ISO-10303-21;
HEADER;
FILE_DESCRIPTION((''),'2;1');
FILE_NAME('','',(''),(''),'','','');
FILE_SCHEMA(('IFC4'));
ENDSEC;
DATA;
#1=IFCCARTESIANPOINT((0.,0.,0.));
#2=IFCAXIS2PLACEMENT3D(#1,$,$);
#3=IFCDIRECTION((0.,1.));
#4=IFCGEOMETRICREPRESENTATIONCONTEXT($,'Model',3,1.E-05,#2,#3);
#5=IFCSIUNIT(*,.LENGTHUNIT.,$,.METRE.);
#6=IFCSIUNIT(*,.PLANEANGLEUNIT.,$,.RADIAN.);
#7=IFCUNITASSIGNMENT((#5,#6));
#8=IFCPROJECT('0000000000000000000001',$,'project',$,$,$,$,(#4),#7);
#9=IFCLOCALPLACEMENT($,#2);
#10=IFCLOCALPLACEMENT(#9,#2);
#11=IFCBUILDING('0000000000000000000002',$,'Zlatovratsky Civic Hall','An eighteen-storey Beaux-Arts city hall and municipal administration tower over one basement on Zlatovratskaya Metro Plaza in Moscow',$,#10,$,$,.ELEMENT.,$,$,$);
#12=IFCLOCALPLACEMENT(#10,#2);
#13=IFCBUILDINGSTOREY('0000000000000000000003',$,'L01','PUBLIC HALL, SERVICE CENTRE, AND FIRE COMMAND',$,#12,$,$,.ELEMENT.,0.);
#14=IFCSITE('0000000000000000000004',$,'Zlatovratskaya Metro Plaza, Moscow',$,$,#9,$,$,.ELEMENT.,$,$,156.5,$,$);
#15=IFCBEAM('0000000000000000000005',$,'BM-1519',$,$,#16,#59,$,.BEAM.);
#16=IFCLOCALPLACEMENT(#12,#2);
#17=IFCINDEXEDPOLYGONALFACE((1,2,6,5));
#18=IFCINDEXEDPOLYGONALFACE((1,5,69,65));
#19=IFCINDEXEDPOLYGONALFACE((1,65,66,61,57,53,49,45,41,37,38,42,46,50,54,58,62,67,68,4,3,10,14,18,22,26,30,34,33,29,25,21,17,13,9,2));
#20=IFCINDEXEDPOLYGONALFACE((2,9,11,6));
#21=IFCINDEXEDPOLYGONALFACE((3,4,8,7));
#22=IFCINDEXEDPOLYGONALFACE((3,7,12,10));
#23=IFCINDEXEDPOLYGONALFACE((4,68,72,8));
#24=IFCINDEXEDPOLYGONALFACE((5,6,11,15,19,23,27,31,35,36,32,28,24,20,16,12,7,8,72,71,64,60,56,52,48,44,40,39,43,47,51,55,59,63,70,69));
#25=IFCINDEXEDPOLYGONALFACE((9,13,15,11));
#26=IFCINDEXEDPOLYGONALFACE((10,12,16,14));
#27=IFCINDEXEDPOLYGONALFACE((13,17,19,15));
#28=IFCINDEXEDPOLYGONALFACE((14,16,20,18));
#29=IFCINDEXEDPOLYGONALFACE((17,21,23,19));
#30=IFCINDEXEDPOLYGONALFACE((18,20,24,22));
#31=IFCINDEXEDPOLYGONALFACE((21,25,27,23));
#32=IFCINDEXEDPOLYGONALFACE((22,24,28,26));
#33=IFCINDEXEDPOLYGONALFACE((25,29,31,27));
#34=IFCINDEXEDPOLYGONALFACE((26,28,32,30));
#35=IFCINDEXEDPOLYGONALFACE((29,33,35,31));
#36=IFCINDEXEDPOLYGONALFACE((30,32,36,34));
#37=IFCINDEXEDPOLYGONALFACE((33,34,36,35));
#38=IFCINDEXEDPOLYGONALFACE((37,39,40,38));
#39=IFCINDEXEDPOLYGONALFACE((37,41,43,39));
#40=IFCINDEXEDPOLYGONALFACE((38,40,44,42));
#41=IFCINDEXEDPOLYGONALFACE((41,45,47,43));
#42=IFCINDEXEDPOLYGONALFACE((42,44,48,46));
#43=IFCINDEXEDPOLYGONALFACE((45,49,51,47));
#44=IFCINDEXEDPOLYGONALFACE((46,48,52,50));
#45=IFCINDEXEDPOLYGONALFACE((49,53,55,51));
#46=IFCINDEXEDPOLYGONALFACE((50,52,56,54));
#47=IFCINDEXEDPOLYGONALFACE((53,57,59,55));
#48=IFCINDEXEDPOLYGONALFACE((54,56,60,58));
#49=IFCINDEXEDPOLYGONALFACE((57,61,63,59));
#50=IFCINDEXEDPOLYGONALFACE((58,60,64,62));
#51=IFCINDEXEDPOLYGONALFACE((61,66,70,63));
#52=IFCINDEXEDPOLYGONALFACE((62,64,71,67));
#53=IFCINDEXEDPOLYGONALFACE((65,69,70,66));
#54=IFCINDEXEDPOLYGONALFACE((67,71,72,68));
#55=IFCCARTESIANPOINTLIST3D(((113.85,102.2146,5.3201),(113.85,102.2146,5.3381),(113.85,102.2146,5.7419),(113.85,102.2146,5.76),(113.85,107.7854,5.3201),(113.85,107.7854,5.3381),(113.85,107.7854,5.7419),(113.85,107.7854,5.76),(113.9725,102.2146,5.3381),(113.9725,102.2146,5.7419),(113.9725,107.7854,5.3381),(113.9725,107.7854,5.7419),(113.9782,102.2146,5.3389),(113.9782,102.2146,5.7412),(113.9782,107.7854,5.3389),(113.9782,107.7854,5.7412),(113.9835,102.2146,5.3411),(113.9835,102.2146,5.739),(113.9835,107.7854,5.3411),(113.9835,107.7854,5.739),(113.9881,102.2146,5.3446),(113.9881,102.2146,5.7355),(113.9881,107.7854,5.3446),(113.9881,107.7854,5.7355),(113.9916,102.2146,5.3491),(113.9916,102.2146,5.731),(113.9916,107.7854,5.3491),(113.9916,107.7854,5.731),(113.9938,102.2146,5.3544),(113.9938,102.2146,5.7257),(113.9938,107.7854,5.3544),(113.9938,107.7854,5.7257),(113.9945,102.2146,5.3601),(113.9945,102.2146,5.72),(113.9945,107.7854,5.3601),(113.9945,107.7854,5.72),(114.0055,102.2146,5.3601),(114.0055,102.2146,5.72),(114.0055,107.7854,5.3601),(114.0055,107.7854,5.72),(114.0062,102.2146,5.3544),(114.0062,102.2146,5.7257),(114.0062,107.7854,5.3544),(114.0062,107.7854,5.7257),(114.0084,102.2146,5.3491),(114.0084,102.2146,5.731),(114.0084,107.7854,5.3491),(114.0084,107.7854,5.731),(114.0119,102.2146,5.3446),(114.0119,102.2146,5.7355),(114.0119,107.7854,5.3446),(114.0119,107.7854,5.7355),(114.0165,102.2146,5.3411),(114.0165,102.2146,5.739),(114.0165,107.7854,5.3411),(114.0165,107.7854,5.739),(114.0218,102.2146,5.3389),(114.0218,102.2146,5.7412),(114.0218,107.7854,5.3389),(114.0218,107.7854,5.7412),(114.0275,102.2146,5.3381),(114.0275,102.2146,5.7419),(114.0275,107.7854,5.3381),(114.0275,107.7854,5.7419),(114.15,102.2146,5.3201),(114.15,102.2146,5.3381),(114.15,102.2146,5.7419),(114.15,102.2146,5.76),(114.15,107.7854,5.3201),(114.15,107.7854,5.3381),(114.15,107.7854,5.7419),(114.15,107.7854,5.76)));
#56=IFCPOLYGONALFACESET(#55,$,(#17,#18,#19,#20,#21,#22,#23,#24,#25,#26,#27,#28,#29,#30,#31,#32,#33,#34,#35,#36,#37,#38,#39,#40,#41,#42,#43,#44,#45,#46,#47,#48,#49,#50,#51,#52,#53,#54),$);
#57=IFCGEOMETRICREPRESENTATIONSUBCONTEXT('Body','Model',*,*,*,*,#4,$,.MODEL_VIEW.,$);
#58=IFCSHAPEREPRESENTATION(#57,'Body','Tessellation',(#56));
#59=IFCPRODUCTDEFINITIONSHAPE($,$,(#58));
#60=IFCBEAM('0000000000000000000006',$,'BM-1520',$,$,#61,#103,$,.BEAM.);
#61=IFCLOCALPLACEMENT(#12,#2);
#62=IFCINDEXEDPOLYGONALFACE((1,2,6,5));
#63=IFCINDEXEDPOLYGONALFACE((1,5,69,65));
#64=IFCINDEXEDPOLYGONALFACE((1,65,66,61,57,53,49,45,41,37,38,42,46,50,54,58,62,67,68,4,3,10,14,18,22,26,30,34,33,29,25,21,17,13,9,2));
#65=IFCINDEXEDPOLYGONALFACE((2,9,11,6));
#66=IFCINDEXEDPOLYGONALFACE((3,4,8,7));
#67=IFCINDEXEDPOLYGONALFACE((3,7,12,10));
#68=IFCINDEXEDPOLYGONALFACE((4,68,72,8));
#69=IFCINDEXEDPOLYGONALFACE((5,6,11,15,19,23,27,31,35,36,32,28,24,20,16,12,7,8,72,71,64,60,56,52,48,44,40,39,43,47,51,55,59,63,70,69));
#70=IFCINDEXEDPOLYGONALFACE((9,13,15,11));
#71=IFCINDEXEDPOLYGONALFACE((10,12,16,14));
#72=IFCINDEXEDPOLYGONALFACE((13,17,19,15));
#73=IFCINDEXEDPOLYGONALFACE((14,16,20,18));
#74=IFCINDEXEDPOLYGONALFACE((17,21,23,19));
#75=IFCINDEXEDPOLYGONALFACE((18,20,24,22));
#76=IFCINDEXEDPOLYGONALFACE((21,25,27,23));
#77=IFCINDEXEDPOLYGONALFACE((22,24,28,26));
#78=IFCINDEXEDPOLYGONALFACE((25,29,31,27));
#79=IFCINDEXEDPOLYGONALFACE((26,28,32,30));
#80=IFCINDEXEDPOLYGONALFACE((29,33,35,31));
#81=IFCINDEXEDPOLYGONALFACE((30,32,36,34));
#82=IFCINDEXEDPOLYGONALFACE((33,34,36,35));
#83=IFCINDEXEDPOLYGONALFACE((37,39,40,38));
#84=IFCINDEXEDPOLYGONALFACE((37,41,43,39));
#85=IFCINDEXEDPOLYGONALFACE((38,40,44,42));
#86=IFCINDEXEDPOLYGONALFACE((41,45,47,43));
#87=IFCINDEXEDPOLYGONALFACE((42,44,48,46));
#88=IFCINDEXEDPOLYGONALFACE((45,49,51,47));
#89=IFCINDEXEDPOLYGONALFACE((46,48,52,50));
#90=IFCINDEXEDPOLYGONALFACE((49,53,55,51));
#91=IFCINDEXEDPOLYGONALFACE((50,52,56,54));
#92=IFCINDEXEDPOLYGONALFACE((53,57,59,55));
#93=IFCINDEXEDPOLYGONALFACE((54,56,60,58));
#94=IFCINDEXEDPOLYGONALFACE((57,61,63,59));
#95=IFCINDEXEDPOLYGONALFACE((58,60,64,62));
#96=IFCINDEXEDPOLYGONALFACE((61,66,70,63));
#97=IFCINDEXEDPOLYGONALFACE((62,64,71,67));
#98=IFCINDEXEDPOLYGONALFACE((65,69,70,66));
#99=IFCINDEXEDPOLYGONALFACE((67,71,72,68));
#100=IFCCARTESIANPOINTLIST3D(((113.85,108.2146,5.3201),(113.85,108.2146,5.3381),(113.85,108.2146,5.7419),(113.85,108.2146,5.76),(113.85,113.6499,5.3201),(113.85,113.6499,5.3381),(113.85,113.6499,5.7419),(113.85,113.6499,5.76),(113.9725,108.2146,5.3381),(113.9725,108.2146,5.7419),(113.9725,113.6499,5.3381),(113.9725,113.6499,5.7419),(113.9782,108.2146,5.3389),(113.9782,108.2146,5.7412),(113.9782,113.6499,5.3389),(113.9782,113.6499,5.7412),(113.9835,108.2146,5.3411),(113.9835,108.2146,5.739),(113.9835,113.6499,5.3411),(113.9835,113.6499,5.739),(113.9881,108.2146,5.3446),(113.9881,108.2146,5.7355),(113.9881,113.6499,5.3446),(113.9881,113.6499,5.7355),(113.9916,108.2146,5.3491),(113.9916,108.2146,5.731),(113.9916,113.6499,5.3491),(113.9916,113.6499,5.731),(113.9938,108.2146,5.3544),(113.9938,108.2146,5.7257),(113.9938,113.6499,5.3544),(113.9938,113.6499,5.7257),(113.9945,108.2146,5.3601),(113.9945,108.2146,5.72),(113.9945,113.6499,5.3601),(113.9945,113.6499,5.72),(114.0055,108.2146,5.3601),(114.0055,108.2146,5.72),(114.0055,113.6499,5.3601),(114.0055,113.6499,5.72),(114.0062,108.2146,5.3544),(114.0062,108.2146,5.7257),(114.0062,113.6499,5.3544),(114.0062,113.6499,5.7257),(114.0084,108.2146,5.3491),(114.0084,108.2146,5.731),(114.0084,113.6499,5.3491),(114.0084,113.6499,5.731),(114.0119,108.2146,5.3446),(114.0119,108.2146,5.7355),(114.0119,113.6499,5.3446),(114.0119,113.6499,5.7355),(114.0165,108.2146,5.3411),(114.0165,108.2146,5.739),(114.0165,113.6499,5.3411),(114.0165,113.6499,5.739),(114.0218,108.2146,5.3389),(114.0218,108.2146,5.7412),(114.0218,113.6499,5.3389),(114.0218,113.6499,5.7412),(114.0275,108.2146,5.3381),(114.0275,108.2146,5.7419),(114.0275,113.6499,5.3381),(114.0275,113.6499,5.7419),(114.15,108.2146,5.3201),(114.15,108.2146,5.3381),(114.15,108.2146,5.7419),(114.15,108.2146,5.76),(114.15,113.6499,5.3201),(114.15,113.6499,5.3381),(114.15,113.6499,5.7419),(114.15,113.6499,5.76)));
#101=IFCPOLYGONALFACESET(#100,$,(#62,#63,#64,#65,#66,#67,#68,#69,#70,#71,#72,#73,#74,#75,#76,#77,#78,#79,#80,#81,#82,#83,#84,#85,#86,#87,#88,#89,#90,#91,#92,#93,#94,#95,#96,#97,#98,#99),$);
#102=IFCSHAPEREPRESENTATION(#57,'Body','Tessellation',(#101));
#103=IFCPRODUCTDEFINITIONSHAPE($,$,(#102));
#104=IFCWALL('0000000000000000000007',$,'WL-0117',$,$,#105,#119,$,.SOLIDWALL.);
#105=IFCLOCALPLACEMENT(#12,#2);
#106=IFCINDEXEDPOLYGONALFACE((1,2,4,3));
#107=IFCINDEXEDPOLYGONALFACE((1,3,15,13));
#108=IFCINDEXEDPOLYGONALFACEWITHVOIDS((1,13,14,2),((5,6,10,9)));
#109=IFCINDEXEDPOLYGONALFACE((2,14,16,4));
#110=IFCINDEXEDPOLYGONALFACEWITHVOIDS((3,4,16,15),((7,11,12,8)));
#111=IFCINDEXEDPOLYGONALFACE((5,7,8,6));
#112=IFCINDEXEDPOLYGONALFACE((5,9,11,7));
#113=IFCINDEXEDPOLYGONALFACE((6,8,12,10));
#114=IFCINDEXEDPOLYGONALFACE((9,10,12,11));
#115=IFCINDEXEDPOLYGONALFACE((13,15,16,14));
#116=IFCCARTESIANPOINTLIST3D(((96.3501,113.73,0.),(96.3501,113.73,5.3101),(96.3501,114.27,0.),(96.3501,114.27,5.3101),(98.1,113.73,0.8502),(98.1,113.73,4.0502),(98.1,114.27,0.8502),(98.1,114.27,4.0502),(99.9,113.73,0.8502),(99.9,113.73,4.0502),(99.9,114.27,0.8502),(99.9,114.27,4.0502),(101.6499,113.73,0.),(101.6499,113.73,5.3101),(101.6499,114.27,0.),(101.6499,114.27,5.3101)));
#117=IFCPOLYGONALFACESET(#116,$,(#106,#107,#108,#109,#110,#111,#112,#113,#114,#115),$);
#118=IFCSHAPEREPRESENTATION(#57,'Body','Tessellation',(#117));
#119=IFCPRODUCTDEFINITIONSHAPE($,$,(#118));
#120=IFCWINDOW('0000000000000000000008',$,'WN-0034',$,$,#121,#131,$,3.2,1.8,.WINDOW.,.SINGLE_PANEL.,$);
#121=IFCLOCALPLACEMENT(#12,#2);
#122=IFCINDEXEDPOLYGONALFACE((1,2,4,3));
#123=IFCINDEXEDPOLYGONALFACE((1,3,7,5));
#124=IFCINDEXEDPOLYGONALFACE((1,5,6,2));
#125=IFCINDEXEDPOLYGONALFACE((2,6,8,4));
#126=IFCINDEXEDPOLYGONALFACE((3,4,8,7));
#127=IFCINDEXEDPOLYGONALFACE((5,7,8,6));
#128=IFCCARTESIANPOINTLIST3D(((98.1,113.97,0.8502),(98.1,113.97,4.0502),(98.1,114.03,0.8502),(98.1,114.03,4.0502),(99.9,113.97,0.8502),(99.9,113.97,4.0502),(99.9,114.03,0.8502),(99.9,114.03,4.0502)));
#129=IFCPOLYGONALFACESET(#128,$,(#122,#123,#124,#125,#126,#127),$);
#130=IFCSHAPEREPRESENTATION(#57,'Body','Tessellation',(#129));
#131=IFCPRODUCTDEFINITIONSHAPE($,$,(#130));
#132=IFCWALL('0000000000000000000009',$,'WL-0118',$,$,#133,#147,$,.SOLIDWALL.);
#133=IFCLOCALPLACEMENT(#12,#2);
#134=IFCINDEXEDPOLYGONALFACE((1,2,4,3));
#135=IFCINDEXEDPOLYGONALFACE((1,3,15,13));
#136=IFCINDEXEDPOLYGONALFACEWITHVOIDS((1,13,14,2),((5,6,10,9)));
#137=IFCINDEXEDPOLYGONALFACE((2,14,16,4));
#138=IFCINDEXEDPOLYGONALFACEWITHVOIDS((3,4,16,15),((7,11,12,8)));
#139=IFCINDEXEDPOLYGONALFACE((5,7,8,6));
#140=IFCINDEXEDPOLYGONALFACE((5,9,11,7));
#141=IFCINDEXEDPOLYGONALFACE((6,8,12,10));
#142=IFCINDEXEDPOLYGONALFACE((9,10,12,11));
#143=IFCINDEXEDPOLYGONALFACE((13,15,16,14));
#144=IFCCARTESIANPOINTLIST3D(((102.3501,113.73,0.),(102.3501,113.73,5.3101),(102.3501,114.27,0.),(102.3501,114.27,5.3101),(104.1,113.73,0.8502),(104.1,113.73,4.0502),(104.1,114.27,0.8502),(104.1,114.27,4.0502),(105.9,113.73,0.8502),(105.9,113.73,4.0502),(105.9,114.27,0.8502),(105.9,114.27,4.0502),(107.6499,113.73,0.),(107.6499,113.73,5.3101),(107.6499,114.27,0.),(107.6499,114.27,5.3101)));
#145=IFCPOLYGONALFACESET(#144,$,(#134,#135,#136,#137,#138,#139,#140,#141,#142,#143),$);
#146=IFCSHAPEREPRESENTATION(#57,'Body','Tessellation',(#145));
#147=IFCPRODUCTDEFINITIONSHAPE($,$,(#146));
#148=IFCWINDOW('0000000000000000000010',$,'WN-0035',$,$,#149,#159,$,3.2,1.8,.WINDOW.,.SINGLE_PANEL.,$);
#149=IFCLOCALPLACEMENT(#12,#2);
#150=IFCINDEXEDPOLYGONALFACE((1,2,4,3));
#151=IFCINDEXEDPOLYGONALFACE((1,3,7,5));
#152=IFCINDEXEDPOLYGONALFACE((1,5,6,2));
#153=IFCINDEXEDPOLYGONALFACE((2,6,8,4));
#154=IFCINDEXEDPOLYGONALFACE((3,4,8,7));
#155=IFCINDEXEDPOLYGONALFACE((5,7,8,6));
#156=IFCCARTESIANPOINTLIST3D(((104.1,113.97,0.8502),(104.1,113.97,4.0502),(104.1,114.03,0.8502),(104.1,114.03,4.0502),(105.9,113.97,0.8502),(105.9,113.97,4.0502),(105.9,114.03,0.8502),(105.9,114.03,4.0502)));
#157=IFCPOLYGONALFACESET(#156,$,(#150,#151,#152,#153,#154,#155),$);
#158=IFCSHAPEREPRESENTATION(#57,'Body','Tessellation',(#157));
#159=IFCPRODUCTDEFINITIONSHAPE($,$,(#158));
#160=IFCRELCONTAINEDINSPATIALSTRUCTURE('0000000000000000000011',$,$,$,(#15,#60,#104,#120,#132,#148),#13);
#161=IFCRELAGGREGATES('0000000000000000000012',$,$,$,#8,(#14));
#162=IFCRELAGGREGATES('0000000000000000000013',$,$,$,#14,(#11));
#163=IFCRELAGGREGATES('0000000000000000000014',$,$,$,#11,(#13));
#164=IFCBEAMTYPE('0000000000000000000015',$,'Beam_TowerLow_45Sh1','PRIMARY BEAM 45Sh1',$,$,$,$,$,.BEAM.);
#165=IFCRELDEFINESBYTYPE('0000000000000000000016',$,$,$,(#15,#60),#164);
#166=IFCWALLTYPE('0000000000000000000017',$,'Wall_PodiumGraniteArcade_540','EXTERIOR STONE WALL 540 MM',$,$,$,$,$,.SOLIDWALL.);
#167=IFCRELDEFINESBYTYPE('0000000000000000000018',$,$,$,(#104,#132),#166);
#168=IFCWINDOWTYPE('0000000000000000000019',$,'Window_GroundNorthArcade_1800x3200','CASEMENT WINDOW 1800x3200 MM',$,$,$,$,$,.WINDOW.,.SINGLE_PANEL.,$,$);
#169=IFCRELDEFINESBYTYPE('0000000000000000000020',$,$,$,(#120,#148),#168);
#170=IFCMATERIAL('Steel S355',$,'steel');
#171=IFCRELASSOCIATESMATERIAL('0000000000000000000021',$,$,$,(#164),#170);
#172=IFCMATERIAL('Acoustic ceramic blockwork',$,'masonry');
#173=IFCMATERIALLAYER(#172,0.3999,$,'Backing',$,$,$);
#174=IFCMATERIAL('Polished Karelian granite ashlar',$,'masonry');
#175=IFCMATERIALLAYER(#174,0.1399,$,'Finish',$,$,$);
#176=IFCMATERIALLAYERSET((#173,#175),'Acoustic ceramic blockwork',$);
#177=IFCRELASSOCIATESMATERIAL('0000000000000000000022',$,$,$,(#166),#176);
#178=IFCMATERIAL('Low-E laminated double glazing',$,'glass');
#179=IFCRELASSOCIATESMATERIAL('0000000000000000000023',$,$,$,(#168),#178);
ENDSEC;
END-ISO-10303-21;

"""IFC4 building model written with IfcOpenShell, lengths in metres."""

from ifc_helpers import new_model, si_unit, direction, frame, frame_2d, origin, origin_2d, place, context, subcontext, project, spatial, rectangle, i_section, extrude, material, layer, layer_set, material_profile, profile_set, type_object, element, fill, save


model = new_model("IFC4")

# Units and contexts
model_context = context("Model", 3, precision=1e-05, world=origin(), true_north=direction((0.0, 1.0)))
body_context = subcontext(model_context, "Body", "Model", "MODEL_VIEW")
ifc_project = project(units=[si_unit("LENGTHUNIT", "METRE"), si_unit("PLANEANGLEUNIT", "RADIAN")], contexts=[model_context])

# Site, building, storey
site_placement = place(None, origin())
site = spatial("IfcSite", under=ifc_project, at=site_placement, Name="Zlatovratskaya Metro Plaza, Moscow", CompositionType="ELEMENT", RefElevation=156.5)
building_placement = place(site_placement, origin())
building = spatial("IfcBuilding", under=site, at=building_placement, Name="Zlatovratsky Civic Hall", Description="An eighteen-storey Beaux-Arts city hall and municipal administration tower over one basement on Zlatovratskaya Metro Plaza in Moscow", CompositionType="ELEMENT")
storey_placement = place(building_placement, origin())
storey = spatial("IfcBuildingStorey", under=building, at=storey_placement, Name="L01", Description="PUBLIC HALL, SERVICE CENTRE, AND FIRE COMMAND", CompositionType="ELEMENT", Elevation=0.0)

# Shared definitions
ifc_material_1 = material(Name="Steel S355", Category="steel")

# Beams
ifc_material_profile_1 = material_profile(ifc_material_1, i_section(OverallWidth=0.3, OverallDepth=0.4399, WebThickness=0.011, FlangeThickness=0.0181, FilletRadius=0.022, at=origin_2d()), Name="45Sh1")
ifc_profile_set_1 = profile_set([ifc_material_profile_1], Name="Steel S355")
beam_type_1 = type_object("IfcBeamType", Name="Beam_TowerLow_45Sh1", Description="PRIMARY BEAM 45Sh1", PredefinedType="BEAM", material=ifc_profile_set_1)
beam_1_placement = place(storey_placement, frame((114.0, 102.2146, 5.54), z_axis=(0.0, 1.0, 0.0), x_axis=(-1.0, 0.0, 0.0)))
element("IfcBeam", 1, at=beam_1_placement, inside=storey, type_object=beam_type_1, Name="BM-1519", PredefinedType="BEAM", context=body_context, shape_type="SweptSolid", body=[
    extrude(i_section(OverallWidth=0.3, OverallDepth=0.4399, WebThickness=0.011, FlangeThickness=0.0181, FilletRadius=0.022, at=origin_2d()), origin(), (0.0, 0.0, 1.0), 5.5708),
])
beam_2_placement = place(storey_placement, frame((114.0, 108.2146, 5.54), z_axis=(0.0, 1.0, 0.0), x_axis=(-1.0, 0.0, 0.0)))
element("IfcBeam", 2, at=beam_2_placement, inside=storey, type_object=beam_type_1, Name="BM-1520", PredefinedType="BEAM", context=body_context, shape_type="SweptSolid", body=[
    extrude(i_section(OverallWidth=0.3, OverallDepth=0.4399, WebThickness=0.011, FlangeThickness=0.0181, FilletRadius=0.022, at=origin_2d()), origin(), (0.0, 0.0, 1.0), 5.4353),
])

# Walls, openings, windows
ifc_material_2 = material(Name="Acoustic ceramic blockwork", Category="masonry")
ifc_layer_1 = layer(ifc_material_2, 0.3999, Name="Backing")
ifc_material_3 = material(Name="Polished Karelian granite ashlar", Category="masonry")
ifc_layer_2 = layer(ifc_material_3, 0.1399, Name="Finish")
ifc_layer_set_1 = layer_set([ifc_layer_1, ifc_layer_2], Name="Acoustic ceramic blockwork")
wall_type_1 = type_object("IfcWallType", Name="Wall_PodiumGraniteArcade_540", Description="EXTERIOR STONE WALL 540 MM", PredefinedType="SOLIDWALL", material=ifc_layer_set_1)
wall_1_placement = place(storey_placement, frame((96.3501, 114.0, 0.0), z_axis=(0.0, 0.0, 1.0), x_axis=(1.0, 0.0, 0.0)))
wall_1 = element("IfcWall", 3, at=wall_1_placement, inside=storey, type_object=wall_type_1, Name="WL-0117", PredefinedType="SOLIDWALL", context=body_context, shape_type="SweptSolid", body=[
    extrude(rectangle(XDim=5.2998, YDim=0.54, at=frame_2d((2.6499, 0.0))), origin(), (0.0, 0.0, 1.0), 5.3101),
])
opening_1_placement = place(wall_1_placement, frame((1.75, 0.0, 0.8501)))
opening_1 = element("IfcOpeningElement", 4, at=opening_1_placement, cuts=wall_1, PredefinedType="OPENING", context=body_context, shape_type="SweptSolid", body=[
    extrude(rectangle(XDim=1.8, YDim=3.2, at=frame_2d((0.8999, 1.6001))), frame((0.0, 0.2849, 0.0), z_axis=(0.0, -1.0, 0.0), x_axis=(1.0, 0.0, 0.0)), (0.0, 0.0, 1.0), 0.5698),
])
ifc_material_4 = material(Name="Low-E laminated double glazing", Category="glass")
window_type = type_object("IfcWindowType", Name="Window_GroundNorthArcade_1800x3200", Description="CASEMENT WINDOW 1800x3200 MM", PartitioningType="SINGLE_PANEL", PredefinedType="WINDOW", material=ifc_material_4)
window_1_placement = place(opening_1_placement, origin())
window_1 = element("IfcWindow", 5, at=window_1_placement, inside=storey, type_object=window_type, Name="WN-0034", OverallHeight=3.2, OverallWidth=1.8, PartitioningType="SINGLE_PANEL", PredefinedType="WINDOW", context=body_context, shape_type="SweptSolid", body=[
    extrude(rectangle(XDim=1.8, YDim=3.2, at=frame_2d((0.8999, 1.6001))), frame((0.0, 0.03, 0.0), z_axis=(0.0, -1.0, 0.0), x_axis=(1.0, 0.0, 0.0)), (0.0, 0.0, 1.0), 0.0601),
])
fill(opening_1, window_1)
wall_2_placement = place(storey_placement, frame((102.3501, 114.0, 0.0), z_axis=(0.0, 0.0, 1.0), x_axis=(1.0, 0.0, 0.0)))
wall_2 = element("IfcWall", 6, at=wall_2_placement, inside=storey, type_object=wall_type_1, Name="WL-0118", PredefinedType="SOLIDWALL", context=body_context, shape_type="SweptSolid", body=[
    extrude(rectangle(XDim=5.2998, YDim=0.54, at=frame_2d((2.6499, 0.0))), origin(), (0.0, 0.0, 1.0), 5.3101),
])
opening_2_placement = place(wall_2_placement, frame((1.75, 0.0, 0.8501)))
opening_2 = element("IfcOpeningElement", 7, at=opening_2_placement, cuts=wall_2, PredefinedType="OPENING", context=body_context, shape_type="SweptSolid", body=[
    extrude(rectangle(XDim=1.8, YDim=3.2, at=frame_2d((0.8999, 1.6001))), frame((0.0, 0.2849, 0.0), z_axis=(0.0, -1.0, 0.0), x_axis=(1.0, 0.0, 0.0)), (0.0, 0.0, 1.0), 0.5698),
])
window_2_placement = place(opening_2_placement, origin())
window_2 = element("IfcWindow", 8, at=window_2_placement, inside=storey, type_object=window_type, Name="WN-0035", OverallHeight=3.2, OverallWidth=1.8, PartitioningType="SINGLE_PANEL", PredefinedType="WINDOW", context=body_context, shape_type="SweptSolid", body=[
    extrude(rectangle(XDim=1.8, YDim=3.2, at=frame_2d((0.8999, 1.6001))), frame((0.0, 0.03, 0.0), z_axis=(0.0, -1.0, 0.0), x_axis=(1.0, 0.0, 0.0)), (0.0, 0.0, 1.0), 0.0601),
])
fill(opening_2, window_2)

save(model, "model.ifc")
